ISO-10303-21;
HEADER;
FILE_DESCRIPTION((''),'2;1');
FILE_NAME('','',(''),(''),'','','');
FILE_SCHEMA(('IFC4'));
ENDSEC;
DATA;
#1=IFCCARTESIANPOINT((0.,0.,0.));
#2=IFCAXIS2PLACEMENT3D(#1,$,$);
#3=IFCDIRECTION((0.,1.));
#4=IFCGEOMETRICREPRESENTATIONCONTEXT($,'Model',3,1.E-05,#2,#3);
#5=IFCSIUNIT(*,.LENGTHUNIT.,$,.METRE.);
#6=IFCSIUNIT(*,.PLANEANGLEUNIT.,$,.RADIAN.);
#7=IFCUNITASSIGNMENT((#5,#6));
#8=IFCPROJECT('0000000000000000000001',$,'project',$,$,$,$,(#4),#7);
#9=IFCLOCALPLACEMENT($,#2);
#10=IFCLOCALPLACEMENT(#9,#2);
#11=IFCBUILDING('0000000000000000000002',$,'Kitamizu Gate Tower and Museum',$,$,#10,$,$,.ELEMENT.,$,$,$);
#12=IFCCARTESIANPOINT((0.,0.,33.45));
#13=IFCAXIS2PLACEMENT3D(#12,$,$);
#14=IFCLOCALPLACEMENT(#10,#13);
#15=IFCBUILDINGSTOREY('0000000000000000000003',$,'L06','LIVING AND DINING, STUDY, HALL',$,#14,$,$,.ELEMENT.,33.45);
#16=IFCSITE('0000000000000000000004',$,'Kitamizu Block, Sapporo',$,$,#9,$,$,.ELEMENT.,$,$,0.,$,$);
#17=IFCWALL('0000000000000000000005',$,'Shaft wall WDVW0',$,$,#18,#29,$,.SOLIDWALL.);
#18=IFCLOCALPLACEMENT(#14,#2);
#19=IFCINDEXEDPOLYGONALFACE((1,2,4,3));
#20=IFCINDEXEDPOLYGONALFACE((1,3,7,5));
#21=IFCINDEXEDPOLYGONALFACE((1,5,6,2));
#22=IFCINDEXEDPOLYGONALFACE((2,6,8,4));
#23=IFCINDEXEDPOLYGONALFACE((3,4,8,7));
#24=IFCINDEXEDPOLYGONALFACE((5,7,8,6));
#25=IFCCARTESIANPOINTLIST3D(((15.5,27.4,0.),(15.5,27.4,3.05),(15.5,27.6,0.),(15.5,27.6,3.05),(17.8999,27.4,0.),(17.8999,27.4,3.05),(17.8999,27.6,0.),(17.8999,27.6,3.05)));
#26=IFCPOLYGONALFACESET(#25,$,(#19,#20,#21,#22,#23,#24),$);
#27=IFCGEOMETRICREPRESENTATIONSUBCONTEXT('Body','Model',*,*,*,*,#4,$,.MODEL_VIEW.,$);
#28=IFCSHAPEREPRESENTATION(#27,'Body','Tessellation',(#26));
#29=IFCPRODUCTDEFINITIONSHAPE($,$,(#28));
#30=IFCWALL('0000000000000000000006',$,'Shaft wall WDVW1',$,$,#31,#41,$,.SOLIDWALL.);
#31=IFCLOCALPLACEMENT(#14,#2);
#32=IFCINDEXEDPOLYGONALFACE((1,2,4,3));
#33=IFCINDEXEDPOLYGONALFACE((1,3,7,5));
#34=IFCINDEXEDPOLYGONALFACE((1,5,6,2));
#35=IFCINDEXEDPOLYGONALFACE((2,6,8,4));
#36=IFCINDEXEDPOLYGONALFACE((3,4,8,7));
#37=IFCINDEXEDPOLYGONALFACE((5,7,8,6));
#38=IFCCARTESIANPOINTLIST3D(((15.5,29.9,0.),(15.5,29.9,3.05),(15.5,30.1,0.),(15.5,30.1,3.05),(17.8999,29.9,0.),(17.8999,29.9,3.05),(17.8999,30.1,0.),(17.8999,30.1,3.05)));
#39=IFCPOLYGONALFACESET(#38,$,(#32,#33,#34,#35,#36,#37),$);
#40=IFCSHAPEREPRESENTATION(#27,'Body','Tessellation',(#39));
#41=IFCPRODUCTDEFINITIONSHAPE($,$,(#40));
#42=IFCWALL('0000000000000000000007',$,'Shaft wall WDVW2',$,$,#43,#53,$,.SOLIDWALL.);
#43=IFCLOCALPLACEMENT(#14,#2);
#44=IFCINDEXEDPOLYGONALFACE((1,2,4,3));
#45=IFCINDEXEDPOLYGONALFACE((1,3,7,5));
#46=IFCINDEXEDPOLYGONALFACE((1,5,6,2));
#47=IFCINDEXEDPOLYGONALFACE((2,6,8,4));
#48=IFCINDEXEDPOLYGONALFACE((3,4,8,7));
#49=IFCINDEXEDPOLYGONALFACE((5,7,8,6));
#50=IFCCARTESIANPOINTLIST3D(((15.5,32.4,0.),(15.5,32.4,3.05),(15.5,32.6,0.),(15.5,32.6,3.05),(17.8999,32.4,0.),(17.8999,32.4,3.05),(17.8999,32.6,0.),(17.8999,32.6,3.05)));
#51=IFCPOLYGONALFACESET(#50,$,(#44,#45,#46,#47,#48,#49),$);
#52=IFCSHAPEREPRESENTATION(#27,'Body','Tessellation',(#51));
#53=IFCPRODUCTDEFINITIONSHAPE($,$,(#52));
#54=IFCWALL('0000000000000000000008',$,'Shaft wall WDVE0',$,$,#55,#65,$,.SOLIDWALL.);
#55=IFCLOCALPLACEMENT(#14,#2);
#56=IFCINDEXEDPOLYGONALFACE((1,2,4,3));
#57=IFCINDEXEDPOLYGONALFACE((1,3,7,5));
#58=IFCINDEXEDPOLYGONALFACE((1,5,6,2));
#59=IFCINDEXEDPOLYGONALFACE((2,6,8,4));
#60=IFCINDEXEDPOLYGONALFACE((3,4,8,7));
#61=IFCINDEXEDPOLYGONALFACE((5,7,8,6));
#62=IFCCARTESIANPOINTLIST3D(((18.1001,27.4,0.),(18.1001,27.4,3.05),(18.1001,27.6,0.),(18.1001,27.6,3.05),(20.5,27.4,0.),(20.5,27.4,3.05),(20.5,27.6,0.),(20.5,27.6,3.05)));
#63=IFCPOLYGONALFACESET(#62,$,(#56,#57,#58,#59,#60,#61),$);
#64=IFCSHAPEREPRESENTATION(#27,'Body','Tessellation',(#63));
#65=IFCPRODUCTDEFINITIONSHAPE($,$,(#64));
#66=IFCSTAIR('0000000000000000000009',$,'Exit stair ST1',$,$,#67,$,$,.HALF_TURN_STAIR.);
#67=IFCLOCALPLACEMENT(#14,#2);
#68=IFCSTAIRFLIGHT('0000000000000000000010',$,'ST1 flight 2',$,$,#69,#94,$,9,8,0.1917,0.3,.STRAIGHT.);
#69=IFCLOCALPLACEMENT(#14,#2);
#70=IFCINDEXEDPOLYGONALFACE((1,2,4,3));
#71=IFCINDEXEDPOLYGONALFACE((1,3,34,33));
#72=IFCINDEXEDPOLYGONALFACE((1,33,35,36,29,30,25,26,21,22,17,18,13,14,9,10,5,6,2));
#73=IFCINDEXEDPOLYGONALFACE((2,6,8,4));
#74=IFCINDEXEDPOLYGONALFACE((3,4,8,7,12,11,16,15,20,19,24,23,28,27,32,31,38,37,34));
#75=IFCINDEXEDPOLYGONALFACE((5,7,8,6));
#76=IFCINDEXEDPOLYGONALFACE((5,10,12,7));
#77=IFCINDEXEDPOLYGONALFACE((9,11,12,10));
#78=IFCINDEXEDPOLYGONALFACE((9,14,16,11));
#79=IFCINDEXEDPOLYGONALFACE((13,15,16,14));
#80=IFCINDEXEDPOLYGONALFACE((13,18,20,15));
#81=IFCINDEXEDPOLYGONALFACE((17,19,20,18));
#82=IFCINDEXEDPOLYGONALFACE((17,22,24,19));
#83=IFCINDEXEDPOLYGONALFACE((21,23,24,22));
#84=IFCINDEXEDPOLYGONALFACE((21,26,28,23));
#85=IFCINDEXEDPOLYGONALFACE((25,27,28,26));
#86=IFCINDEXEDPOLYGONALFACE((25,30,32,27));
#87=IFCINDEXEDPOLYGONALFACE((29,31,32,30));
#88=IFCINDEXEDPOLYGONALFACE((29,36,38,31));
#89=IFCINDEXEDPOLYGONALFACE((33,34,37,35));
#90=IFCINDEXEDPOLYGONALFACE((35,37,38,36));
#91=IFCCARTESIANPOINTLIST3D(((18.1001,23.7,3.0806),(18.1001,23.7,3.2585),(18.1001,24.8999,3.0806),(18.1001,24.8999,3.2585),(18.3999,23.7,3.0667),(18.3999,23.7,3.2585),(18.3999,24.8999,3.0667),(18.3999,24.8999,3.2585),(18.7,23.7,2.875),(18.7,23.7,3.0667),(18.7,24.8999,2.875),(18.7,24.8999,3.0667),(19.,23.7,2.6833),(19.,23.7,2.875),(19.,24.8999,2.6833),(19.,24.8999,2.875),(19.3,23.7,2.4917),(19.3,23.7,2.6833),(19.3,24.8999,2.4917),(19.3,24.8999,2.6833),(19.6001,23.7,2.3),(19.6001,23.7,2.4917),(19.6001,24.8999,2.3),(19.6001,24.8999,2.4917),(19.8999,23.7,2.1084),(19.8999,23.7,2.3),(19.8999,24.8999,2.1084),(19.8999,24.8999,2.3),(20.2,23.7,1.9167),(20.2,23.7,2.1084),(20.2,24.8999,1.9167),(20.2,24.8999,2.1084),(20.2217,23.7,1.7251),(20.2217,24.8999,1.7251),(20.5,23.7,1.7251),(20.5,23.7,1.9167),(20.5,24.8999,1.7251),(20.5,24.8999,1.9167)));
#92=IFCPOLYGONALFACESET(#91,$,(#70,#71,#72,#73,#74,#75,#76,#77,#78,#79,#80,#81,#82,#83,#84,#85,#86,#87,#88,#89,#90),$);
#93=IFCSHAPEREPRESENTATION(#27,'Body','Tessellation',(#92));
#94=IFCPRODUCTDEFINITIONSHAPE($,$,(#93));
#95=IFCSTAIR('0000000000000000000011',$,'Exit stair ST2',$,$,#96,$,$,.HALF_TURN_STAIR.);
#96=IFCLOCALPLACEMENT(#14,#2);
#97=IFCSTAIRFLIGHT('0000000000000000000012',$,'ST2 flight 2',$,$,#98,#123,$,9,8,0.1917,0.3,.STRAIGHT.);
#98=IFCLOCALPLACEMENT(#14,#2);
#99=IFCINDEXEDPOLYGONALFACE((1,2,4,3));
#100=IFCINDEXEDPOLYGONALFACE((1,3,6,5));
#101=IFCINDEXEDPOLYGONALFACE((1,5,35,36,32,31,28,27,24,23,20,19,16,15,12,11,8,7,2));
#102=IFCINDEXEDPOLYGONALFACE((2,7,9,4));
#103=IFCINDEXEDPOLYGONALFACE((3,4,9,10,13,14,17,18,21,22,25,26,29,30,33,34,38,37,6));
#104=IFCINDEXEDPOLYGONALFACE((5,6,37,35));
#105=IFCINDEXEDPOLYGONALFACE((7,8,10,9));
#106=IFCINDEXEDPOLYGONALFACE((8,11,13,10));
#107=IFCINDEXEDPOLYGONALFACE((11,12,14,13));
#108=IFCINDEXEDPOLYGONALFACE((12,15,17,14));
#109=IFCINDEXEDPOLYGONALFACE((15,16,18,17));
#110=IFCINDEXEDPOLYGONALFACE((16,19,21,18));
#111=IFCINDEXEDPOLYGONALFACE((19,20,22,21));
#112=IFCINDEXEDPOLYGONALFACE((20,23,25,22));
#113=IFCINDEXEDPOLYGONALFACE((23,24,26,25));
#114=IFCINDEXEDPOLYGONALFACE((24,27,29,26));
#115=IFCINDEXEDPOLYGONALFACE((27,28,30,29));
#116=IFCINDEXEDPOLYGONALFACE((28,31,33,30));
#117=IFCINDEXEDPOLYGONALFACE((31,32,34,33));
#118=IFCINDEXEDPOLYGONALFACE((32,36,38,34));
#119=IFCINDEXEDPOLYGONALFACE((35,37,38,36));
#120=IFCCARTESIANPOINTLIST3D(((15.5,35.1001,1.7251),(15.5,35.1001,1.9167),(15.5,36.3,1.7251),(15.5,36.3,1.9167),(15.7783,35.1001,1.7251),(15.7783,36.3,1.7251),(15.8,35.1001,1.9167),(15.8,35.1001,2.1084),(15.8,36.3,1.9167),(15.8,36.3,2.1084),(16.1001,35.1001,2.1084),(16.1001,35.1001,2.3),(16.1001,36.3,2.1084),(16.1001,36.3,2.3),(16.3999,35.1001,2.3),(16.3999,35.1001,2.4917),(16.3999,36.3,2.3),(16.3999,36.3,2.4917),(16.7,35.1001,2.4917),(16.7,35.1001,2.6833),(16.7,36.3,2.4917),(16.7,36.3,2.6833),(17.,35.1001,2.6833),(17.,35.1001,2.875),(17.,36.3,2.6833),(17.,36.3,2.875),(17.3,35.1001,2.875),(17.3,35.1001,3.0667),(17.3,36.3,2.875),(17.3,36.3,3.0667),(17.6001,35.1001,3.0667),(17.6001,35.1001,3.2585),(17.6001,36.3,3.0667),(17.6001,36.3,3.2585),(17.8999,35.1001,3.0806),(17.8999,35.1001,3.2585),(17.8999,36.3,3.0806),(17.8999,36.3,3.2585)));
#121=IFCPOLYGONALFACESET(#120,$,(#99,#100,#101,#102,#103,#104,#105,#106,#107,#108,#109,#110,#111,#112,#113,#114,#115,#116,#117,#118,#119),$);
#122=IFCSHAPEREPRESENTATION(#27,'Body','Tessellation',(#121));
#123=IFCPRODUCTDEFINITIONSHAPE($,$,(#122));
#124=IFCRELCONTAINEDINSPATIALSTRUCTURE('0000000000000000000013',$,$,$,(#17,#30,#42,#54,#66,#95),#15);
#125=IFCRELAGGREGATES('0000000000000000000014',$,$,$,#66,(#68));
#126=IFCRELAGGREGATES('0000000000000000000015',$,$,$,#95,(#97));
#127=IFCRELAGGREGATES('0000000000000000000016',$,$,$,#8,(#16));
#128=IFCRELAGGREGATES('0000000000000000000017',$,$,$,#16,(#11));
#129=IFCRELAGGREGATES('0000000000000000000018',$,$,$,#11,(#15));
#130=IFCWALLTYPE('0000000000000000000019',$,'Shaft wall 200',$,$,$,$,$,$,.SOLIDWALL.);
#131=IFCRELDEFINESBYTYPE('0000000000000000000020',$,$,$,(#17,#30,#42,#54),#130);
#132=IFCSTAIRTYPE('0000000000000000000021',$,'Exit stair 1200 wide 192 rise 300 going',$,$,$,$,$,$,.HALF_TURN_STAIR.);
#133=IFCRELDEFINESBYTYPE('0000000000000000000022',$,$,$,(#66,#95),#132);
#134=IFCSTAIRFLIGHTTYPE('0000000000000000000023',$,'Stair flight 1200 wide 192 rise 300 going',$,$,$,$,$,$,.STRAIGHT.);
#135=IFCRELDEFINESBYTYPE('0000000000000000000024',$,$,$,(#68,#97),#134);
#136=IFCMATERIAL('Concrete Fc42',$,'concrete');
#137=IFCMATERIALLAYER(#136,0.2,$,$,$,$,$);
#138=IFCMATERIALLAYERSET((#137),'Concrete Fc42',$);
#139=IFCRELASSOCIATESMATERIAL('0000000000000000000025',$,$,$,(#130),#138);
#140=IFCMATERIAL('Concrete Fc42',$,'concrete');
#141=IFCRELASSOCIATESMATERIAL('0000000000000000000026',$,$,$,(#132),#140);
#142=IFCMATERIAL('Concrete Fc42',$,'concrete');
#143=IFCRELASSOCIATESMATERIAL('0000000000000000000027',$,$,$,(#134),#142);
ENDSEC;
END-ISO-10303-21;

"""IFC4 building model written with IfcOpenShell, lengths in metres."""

from ifc_helpers import new_model, si_unit, direction, frame, frame_2d, origin, place, context, subcontext, project, spatial, polyline, rectangle, outline, extrude, material, layer, layer_set, type_object, element, aggregate, save


model = new_model("IFC4")

# Units and contexts
model_context = context("Model", 3, precision=1e-05, world=origin(), true_north=direction((0.0, 1.0)))
body_context = subcontext(model_context, "Body", "Model", "MODEL_VIEW")
ifc_project = project(units=[si_unit("LENGTHUNIT", "METRE"), si_unit("PLANEANGLEUNIT", "RADIAN")], contexts=[model_context])

# Site, building, storey
site_placement = place(None, origin())
site = spatial("IfcSite", under=ifc_project, at=site_placement, Name="Kitamizu Block, Sapporo", CompositionType="ELEMENT", RefElevation=0.0)
building_placement = place(site_placement, origin())
building = spatial("IfcBuilding", under=site, at=building_placement, Name="Kitamizu Gate Tower and Museum", CompositionType="ELEMENT")
storey_placement = place(building_placement, frame((0.0, 0.0, 33.45)))
storey = spatial("IfcBuildingStorey", under=building, at=storey_placement, Name="L06", Description="LIVING AND DINING, STUDY, HALL", CompositionType="ELEMENT", Elevation=33.45)

# Shared definitions
ifc_material_1 = material(Name="Concrete Fc42", Category="concrete")
ifc_layer_1 = layer(ifc_material_1, 0.2)
ifc_layer_set_1 = layer_set([ifc_layer_1], Name="Concrete Fc42")
wall_type_1 = type_object("IfcWallType", Name="Shaft wall 200", PredefinedType="SOLIDWALL", material=ifc_layer_set_1)

# Walls
for number, where, z_axis, x_axis, name in (
    (1, (15.5, 27.5, 0.0), (0.0, 0.0, 1.0), (1.0, 0.0, 0.0), "Shaft wall WDVW0"),
    (2, (15.5, 30.0, 0.0), (0.0, 0.0, 1.0), (1.0, 0.0, 0.0), "Shaft wall WDVW1"),
    (3, (15.5, 32.5, 0.0), (0.0, 0.0, 1.0), (1.0, 0.0, 0.0), "Shaft wall WDVW2"),
    (4, (18.1001, 27.5, 0.0), (0.0, 0.0, 1.0), (1.0, 0.0, 0.0), "Shaft wall WDVE0"),
):
    element("IfcWall", number, at=place(storey_placement, frame(where, z_axis=z_axis, x_axis=x_axis)), inside=storey, type_object=wall_type_1, Name=name, PredefinedType="SOLIDWALL", context=body_context, shape_type="SweptSolid", body=[
        extrude(rectangle(XDim=2.3999, YDim=0.2, at=frame_2d((1.2, 0.0))), origin(), (0.0, 0.0, 1.0), 3.05),
    ])

# Stairs, stair flights
ifc_material_2 = material(Name="Concrete Fc42", Category="concrete")
stair_type = type_object("IfcStairType", Name="Exit stair 1200 wide 192 rise 300 going", PredefinedType="HALF_TURN_STAIR", material=ifc_material_2)
stair_1_placement = place(storey_placement, origin())
stair_1 = element("IfcStair", 5, at=stair_1_placement, inside=storey, type_object=stair_type, Name="Exit stair ST1", PredefinedType="HALF_TURN_STAIR")
ifc_material_3 = material(Name="Concrete Fc42", Category="concrete")
stair_flight_type = type_object("IfcStairFlightType", Name="Stair flight 1200 wide 192 rise 300 going", PredefinedType="STRAIGHT", material=ifc_material_3)
stair_flight_1_placement = place(storey_placement, frame((20.5, 24.3, 1.7251), z_axis=(0.0, 0.0, 1.0), x_axis=(-1.0, 0.0, 0.0)))
stair_flight_1 = element("IfcStairFlight", 6, at=stair_flight_1_placement, type_object=stair_flight_type, Name="ST1 flight 2", NumberOfRisers=9, NumberOfTreads=8, PredefinedType="STRAIGHT", RiserHeight=0.1917, TreadLength=0.3, context=body_context, shape_type="SweptSolid", body=[
    extrude(outline(polyline([(0.0, 0.0), (0.0, 0.1917), (0.3, 0.1917), (0.3, 0.3833), (0.6001, 0.3833), (0.6001, 0.575), (0.8999, 0.575), (0.8999, 0.7666), (1.2, 0.7666), (1.2, 0.9583), (1.5, 0.9583), (1.5, 1.1499), (1.8, 1.1499), (1.8, 1.3416), (2.1001, 1.3416), (2.1001, 1.5334), (2.3999, 1.5334), (2.3999, 1.7251), (2.3999, 1.3555), (0.2783, 0.0), (0.0, 0.0)])), frame((0.0, 0.6001, 0.0), z_axis=(0.0, -1.0, 0.0), x_axis=(1.0, 0.0, 0.0)), (0.0, 0.0, 1.0), 1.2),
])
aggregate(stair_1, [stair_flight_1])
stair_2_placement = place(storey_placement, origin())
stair_2 = element("IfcStair", 7, at=stair_2_placement, inside=storey, type_object=stair_type, Name="Exit stair ST2", PredefinedType="HALF_TURN_STAIR")
stair_flight_2_placement = place(storey_placement, frame((15.5, 35.7, 1.7251), z_axis=(0.0, 0.0, 1.0), x_axis=(1.0, 0.0, 0.0)))
stair_flight_2 = element("IfcStairFlight", 8, at=stair_flight_2_placement, type_object=stair_flight_type, Name="ST2 flight 2", NumberOfRisers=9, NumberOfTreads=8, PredefinedType="STRAIGHT", RiserHeight=0.1917, TreadLength=0.3, context=body_context, shape_type="SweptSolid", body=[
    extrude(outline(polyline([(0.0, 0.0), (0.0, 0.1917), (0.3, 0.1917), (0.3, 0.3833), (0.6001, 0.3833), (0.6001, 0.575), (0.8999, 0.575), (0.8999, 0.7666), (1.2, 0.7666), (1.2, 0.9583), (1.5, 0.9583), (1.5, 1.1499), (1.8, 1.1499), (1.8, 1.3416), (2.1001, 1.3416), (2.1001, 1.5334), (2.3999, 1.5334), (2.3999, 1.7251), (2.3999, 1.3555), (0.2783, 0.0), (0.0, 0.0)])), frame((0.0, 0.6001, 0.0), z_axis=(0.0, -1.0, 0.0), x_axis=(1.0, 0.0, 0.0)), (0.0, 0.0, 1.0), 1.2),
])
aggregate(stair_2, [stair_flight_2])

save(model, "model.ifc")
